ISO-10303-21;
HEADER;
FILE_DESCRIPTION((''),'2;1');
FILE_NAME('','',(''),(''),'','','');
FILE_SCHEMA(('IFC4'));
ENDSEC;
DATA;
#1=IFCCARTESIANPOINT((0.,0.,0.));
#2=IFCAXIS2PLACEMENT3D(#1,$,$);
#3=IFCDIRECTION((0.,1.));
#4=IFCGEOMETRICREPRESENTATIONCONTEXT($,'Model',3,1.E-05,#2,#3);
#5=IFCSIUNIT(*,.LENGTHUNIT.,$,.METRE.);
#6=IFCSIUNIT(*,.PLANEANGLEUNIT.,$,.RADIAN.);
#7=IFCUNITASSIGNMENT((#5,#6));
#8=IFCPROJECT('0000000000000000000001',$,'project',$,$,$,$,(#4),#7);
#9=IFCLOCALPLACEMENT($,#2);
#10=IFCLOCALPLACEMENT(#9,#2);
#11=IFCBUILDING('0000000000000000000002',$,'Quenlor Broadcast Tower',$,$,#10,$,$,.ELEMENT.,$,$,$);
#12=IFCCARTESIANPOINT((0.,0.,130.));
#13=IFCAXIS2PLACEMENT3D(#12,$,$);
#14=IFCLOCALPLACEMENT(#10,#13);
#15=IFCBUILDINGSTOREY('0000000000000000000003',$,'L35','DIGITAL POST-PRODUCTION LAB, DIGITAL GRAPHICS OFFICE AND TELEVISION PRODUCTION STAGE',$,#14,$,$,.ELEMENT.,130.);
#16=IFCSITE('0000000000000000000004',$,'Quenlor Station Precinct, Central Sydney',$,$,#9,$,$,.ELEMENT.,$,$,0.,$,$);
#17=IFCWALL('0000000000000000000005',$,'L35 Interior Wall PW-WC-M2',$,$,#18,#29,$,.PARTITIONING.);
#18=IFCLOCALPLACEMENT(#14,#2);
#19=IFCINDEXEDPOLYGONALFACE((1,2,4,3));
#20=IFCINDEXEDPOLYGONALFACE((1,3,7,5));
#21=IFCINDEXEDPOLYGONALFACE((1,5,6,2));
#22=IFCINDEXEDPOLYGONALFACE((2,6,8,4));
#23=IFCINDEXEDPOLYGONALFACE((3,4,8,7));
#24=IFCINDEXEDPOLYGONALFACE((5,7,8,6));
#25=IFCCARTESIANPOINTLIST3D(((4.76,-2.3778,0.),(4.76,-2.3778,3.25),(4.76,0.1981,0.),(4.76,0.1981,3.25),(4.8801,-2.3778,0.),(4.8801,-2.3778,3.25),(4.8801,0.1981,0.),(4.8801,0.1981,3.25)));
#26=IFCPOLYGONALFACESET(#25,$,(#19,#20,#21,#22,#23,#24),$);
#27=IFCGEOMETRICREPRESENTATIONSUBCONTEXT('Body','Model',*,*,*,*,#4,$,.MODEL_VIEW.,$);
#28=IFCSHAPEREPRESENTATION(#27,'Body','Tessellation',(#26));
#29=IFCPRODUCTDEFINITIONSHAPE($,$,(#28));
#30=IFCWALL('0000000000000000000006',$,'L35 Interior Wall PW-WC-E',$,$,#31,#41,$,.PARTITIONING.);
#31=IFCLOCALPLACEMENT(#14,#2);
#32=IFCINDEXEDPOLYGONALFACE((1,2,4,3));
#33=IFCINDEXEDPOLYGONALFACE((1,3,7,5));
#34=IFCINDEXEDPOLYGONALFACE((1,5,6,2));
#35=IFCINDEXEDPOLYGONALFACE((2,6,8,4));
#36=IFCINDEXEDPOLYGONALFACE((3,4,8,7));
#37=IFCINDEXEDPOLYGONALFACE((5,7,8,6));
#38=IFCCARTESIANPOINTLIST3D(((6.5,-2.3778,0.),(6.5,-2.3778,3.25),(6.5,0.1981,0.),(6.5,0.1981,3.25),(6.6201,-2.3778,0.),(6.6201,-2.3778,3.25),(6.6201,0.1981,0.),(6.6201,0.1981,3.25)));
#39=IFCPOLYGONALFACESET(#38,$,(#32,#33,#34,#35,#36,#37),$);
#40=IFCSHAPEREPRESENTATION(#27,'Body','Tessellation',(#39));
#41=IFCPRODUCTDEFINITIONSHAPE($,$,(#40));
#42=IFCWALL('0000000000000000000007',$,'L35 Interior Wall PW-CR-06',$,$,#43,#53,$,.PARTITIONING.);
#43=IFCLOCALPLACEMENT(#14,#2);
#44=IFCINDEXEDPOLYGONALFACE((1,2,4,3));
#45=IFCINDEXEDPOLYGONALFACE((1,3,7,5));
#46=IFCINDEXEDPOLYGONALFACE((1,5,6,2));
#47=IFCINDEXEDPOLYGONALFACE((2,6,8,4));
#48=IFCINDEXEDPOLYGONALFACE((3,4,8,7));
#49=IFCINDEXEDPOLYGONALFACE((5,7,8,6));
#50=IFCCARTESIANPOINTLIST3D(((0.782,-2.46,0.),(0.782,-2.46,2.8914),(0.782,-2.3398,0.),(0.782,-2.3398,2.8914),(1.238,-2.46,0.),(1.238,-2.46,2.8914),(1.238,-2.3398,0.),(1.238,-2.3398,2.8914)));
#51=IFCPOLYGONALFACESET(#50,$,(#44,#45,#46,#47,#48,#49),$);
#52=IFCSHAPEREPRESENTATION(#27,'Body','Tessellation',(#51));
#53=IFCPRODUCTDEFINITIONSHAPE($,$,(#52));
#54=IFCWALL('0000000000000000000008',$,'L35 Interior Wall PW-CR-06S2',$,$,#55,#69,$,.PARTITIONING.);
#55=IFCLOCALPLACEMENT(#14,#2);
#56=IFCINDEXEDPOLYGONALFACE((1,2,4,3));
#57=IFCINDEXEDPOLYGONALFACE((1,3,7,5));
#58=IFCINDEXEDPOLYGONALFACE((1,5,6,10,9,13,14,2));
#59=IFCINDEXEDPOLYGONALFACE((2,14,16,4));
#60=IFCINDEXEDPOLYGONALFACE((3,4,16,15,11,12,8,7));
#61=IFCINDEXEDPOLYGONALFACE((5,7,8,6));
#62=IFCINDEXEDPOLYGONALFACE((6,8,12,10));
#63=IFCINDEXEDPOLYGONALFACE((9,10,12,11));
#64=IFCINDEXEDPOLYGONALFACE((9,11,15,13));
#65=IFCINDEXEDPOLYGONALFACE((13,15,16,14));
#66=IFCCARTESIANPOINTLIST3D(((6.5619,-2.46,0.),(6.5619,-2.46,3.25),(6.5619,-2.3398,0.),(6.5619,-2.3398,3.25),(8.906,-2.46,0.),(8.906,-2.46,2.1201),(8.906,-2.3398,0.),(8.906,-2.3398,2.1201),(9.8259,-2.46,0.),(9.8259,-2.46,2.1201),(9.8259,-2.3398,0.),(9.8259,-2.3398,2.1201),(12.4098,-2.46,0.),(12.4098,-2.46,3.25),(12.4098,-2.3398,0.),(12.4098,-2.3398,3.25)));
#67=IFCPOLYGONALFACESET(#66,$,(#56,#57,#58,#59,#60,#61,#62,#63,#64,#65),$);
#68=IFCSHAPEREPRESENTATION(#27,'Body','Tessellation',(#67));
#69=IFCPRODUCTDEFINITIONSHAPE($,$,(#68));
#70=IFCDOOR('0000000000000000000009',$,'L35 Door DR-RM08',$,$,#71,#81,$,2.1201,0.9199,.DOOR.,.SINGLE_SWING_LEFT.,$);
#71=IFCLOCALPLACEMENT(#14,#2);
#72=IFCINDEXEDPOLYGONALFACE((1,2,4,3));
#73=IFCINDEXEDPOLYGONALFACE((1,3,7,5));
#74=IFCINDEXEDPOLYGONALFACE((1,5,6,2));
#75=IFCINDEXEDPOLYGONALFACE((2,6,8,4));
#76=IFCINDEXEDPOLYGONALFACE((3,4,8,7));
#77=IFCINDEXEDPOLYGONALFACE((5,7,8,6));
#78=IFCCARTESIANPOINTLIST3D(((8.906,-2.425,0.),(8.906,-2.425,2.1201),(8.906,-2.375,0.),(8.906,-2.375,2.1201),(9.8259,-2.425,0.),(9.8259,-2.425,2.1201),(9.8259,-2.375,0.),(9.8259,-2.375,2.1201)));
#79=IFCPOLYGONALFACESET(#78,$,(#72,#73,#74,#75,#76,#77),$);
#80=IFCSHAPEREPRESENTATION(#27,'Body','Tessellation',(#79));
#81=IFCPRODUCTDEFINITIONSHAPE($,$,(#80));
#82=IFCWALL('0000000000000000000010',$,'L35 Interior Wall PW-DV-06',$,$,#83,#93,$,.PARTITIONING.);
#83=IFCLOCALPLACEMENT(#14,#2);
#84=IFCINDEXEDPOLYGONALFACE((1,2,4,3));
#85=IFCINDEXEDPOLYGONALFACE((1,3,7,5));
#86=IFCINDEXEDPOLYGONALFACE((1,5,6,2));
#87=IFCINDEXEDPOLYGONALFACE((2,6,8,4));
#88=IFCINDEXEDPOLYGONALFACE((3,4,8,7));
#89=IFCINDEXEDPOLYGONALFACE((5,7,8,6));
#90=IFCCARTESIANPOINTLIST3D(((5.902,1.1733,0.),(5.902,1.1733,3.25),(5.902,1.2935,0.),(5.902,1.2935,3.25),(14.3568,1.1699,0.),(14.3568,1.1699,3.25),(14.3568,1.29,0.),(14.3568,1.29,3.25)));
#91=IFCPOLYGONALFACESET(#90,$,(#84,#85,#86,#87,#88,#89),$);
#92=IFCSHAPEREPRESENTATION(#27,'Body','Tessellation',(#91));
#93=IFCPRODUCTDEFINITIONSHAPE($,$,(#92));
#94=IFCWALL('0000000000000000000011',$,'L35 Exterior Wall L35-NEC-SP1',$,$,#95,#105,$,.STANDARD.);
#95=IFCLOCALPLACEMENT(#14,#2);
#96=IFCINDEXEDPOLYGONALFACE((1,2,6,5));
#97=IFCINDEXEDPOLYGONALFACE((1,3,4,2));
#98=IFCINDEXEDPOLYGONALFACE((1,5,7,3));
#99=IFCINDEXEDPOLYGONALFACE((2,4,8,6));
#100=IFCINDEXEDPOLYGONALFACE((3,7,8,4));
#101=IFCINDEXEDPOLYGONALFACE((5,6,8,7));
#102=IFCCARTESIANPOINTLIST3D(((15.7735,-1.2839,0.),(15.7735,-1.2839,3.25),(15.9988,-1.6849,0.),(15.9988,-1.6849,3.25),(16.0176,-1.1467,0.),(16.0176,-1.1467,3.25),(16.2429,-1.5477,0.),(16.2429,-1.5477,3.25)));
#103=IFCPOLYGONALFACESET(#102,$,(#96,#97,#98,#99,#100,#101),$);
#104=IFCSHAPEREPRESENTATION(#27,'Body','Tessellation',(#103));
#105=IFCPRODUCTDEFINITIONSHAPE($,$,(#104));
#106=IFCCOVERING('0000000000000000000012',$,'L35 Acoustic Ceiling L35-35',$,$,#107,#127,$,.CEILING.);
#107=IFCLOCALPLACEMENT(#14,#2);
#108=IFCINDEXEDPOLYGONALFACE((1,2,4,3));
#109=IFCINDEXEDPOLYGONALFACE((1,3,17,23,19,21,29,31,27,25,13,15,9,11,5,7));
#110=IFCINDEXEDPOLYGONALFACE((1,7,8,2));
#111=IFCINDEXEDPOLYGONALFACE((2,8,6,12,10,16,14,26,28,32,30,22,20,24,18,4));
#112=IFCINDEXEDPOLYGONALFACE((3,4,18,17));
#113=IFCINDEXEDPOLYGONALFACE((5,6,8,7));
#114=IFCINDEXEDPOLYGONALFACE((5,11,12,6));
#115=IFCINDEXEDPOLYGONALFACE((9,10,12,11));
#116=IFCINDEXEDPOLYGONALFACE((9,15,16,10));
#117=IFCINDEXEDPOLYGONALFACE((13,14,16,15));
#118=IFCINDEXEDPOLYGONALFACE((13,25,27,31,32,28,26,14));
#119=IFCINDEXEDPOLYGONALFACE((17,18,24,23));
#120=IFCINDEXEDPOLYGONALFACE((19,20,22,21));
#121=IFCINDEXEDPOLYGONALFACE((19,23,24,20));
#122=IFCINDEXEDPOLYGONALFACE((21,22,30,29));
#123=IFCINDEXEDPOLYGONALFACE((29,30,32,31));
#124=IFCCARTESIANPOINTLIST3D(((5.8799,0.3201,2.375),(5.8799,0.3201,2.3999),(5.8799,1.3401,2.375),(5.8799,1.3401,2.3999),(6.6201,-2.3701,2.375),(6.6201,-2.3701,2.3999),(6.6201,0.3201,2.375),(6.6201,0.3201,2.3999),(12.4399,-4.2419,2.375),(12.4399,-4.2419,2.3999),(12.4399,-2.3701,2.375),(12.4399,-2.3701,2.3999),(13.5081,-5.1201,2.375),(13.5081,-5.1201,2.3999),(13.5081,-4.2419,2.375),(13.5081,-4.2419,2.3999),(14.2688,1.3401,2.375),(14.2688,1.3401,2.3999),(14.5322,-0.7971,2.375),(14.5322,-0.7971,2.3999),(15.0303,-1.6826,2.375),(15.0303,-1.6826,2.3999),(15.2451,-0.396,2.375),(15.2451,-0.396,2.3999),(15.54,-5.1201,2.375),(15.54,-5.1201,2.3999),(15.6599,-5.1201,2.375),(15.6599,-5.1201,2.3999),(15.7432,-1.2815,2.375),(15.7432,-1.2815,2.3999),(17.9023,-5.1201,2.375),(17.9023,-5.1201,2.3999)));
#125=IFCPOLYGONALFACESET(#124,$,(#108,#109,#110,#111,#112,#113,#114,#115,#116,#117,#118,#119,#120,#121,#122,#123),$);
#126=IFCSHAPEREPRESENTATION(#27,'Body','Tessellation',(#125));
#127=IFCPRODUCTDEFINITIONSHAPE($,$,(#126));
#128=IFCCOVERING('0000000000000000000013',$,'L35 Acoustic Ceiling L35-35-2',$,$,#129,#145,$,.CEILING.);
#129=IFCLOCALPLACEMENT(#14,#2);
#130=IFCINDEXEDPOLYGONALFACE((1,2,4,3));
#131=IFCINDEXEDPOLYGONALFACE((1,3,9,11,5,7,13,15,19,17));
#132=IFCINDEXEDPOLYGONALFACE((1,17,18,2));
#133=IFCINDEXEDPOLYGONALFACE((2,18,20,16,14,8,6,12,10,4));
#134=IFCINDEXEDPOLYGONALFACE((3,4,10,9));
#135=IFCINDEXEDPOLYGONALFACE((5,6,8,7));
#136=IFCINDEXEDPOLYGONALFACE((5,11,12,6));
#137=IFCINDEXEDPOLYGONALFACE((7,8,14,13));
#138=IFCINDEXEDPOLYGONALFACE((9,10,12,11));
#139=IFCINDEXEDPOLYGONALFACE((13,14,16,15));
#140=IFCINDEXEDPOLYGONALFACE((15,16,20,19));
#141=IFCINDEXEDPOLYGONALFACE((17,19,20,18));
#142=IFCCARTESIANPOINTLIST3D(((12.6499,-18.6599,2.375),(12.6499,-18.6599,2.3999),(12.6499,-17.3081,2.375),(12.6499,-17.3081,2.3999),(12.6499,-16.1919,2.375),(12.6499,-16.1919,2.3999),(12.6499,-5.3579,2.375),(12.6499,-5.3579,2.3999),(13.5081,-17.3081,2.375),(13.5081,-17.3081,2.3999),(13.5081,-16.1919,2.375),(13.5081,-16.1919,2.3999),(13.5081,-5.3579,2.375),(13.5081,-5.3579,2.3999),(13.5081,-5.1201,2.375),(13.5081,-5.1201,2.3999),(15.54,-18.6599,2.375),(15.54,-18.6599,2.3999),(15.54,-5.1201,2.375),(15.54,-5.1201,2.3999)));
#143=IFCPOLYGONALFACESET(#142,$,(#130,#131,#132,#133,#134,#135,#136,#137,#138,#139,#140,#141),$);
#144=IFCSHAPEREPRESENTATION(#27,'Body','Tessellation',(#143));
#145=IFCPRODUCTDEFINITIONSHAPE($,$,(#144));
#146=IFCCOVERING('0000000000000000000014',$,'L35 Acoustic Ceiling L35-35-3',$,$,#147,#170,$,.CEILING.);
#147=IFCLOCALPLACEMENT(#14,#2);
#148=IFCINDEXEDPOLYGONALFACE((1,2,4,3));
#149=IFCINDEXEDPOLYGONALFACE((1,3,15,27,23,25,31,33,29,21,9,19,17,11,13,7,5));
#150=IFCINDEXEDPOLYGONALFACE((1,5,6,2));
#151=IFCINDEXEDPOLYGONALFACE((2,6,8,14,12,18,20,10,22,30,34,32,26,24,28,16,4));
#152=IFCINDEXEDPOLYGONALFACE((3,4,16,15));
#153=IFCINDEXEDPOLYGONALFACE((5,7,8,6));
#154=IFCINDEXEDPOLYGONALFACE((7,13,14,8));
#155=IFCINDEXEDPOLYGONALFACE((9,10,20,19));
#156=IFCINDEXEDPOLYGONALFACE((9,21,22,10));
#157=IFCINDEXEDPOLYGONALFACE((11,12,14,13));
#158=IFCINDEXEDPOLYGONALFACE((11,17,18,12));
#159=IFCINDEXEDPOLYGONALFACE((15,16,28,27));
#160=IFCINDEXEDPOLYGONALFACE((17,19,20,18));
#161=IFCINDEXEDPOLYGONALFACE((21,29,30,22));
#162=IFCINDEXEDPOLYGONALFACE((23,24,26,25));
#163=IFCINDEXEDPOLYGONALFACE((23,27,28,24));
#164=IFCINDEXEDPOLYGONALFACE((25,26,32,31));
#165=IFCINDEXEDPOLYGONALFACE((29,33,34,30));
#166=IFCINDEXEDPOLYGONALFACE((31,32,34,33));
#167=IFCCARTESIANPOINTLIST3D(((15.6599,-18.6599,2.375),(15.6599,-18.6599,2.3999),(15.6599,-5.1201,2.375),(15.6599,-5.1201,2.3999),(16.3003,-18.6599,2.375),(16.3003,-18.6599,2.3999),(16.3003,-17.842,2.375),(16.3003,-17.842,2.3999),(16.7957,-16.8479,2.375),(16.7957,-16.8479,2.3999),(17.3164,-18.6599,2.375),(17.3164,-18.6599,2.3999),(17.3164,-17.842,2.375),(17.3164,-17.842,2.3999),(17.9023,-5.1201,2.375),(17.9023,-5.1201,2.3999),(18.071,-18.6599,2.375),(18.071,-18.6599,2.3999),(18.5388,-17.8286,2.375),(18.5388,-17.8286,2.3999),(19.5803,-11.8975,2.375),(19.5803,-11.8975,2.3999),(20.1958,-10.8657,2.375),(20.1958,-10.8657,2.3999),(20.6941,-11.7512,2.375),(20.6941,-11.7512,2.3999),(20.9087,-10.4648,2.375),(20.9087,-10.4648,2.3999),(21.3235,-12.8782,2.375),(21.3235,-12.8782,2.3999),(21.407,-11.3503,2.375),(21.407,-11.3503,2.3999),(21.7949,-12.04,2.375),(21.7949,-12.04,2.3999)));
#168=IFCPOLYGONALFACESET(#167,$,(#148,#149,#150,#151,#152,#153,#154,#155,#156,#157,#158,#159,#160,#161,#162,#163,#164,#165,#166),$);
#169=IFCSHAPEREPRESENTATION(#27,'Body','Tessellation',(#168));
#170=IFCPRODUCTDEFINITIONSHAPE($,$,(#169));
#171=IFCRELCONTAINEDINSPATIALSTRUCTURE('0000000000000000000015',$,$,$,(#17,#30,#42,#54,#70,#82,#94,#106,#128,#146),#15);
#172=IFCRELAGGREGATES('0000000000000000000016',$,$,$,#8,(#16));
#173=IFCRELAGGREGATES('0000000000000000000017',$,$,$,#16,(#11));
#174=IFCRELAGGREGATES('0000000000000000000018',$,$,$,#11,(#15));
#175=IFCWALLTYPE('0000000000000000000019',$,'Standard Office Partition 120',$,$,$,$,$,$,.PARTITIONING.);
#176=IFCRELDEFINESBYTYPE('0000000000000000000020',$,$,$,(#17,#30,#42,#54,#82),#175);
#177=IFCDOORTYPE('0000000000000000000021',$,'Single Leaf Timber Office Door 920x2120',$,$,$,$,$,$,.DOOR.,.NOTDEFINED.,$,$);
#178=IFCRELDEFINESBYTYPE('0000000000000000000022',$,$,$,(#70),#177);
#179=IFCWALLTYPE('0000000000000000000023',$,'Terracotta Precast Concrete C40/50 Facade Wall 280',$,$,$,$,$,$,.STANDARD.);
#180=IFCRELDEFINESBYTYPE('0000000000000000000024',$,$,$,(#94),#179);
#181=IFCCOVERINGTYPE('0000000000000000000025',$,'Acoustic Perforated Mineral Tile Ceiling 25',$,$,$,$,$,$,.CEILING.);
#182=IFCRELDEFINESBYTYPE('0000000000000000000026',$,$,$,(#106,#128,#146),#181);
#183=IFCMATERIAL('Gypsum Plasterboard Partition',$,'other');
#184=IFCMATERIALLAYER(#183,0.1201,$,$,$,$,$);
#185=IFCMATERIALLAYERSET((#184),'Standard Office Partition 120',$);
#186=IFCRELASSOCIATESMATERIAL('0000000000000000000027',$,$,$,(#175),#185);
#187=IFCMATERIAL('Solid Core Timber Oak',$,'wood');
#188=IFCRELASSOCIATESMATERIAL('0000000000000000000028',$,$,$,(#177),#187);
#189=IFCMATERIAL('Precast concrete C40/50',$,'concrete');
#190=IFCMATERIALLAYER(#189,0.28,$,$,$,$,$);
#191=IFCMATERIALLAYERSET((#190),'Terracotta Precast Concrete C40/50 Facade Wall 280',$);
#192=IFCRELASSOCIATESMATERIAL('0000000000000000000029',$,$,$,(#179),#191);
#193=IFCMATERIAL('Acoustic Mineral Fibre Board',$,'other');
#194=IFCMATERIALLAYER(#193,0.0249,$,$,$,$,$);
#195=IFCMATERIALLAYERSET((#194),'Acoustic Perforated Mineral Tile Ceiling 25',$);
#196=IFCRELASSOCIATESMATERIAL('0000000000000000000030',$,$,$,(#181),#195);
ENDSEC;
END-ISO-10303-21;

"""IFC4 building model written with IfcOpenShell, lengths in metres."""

from ifc_helpers import new_model, si_unit, direction, frame, frame_2d, origin, place, context, subcontext, project, spatial, polyline, rectangle, outline, extrude, material, layer, layer_set, type_object, element, fill, save


model = new_model("IFC4")

# Units and contexts
model_context = context("Model", 3, precision=1e-05, world=origin(), true_north=direction((0.0, 1.0)))
body_context = subcontext(model_context, "Body", "Model", "MODEL_VIEW")
ifc_project = project(units=[si_unit("LENGTHUNIT", "METRE"), si_unit("PLANEANGLEUNIT", "RADIAN")], contexts=[model_context])

# Site, building, storey
site_placement = place(None, origin())
site = spatial("IfcSite", under=ifc_project, at=site_placement, Name="Quenlor Station Precinct, Central Sydney", CompositionType="ELEMENT", RefElevation=0.0)
building_placement = place(site_placement, origin())
building = spatial("IfcBuilding", under=site, at=building_placement, Name="Quenlor Broadcast Tower", CompositionType="ELEMENT")
storey_placement = place(building_placement, frame((0.0, 0.0, 130.0)))
storey = spatial("IfcBuildingStorey", under=building, at=storey_placement, Name="L35", Description="DIGITAL POST-PRODUCTION LAB, DIGITAL GRAPHICS OFFICE AND TELEVISION PRODUCTION STAGE", CompositionType="ELEMENT", Elevation=130.0)

# Walls
ifc_material_1 = material(Name="Gypsum Plasterboard Partition", Category="other")
ifc_layer_1 = layer(ifc_material_1, 0.1201)
ifc_layer_set_1 = layer_set([ifc_layer_1], Name="Standard Office Partition 120")
wall_type_1 = type_object("IfcWallType", Name="Standard Office Partition 120", PredefinedType="PARTITIONING", material=ifc_layer_set_1)
for number, where, z_axis, x_axis, name in (
    (1, (4.8201, -2.3779, 0.0), (0.0, 0.0, 1.0), (0.0, 1.0, 0.0), "L35 Interior Wall PW-WC-M2"),
    (2, (6.5601, -2.3779, 0.0), (0.0, 0.0, 1.0), (0.0, 1.0, 0.0), "L35 Interior Wall PW-WC-E"),
):
    element("IfcWall", number, at=place(storey_placement, frame(where, z_axis=z_axis, x_axis=x_axis)), inside=storey, type_object=wall_type_1, Name=name, PredefinedType="PARTITIONING", context=body_context, shape_type="SweptSolid", body=[
        extrude(rectangle(XDim=2.5759, YDim=0.1201, at=frame_2d((1.2881, 0.0))), origin(), (0.0, 0.0, 1.0), 3.25),
    ])
wall_1_placement = place(storey_placement, frame((0.782, -2.3999, 0.0), z_axis=(0.0, 0.0, 1.0), x_axis=(1.0, 0.0, 0.0)))
element("IfcWall", 3, at=wall_1_placement, inside=storey, type_object=wall_type_1, Name="L35 Interior Wall PW-CR-06", PredefinedType="PARTITIONING", context=body_context, shape_type="SweptSolid", body=[
    extrude(rectangle(XDim=0.4561, YDim=0.1201, at=frame_2d((0.228, 0.0))), origin(), (0.0, 0.0, 1.0), 2.8914),
])

# Wall, opening, door
wall_2_placement = place(storey_placement, frame((6.562, -2.3999, 0.0), z_axis=(0.0, 0.0, 1.0), x_axis=(1.0, 0.0, 0.0)))
wall_2 = element("IfcWall", 4, at=wall_2_placement, inside=storey, type_object=wall_type_1, Name="L35 Interior Wall PW-CR-06S2", PredefinedType="PARTITIONING", context=body_context, shape_type="SweptSolid", body=[
    extrude(rectangle(XDim=5.8479, YDim=0.1201, at=frame_2d((2.9238, 0.0))), origin(), (0.0, 0.0, 1.0), 3.25),
])
opening_placement = place(wall_2_placement, frame((2.344, 0.0, 0.0)))
opening = element("IfcOpeningElement", 5, at=opening_placement, cuts=wall_2, PredefinedType="OPENING", context=body_context, shape_type="SweptSolid", body=[
    extrude(rectangle(XDim=0.9199, YDim=2.1201, at=frame_2d((0.46, 1.0601))), frame((0.0, 0.0701, 0.0), z_axis=(0.0, -1.0, 0.0), x_axis=(1.0, 0.0, 0.0)), (0.0, 0.0, 1.0), 0.1401),
])
ifc_material_2 = material(Name="Solid Core Timber Oak", Category="wood")
door_type = type_object("IfcDoorType", Name="Single Leaf Timber Office Door 920x2120", OperationType="NOTDEFINED", PredefinedType="DOOR", material=ifc_material_2)
door_placement = place(opening_placement, origin())
door = element("IfcDoor", 6, at=door_placement, inside=storey, type_object=door_type, Name="L35 Door DR-RM08", OperationType="SINGLE_SWING_LEFT", OverallHeight=2.1201, OverallWidth=0.9199, PredefinedType="DOOR", context=body_context, shape_type="SweptSolid", body=[
    extrude(rectangle(XDim=0.9199, YDim=2.1201, at=frame_2d((0.46, 1.0601))), frame((0.0, 0.0249, 0.0), z_axis=(0.0, -1.0, 0.0), x_axis=(1.0, 0.0, 0.0)), (0.0, 0.0, 1.0), 0.05),
])
fill(opening, door)

# Walls
wall_3_placement = place(storey_placement, frame((14.3569, 1.23, 0.0), z_axis=(0.0, 0.0, 1.0), x_axis=(-1.0, 0.000404, 0.0)))
element("IfcWall", 7, at=wall_3_placement, inside=storey, type_object=wall_type_1, Name="L35 Interior Wall PW-DV-06", PredefinedType="PARTITIONING", context=body_context, shape_type="SweptSolid", body=[
    extrude(rectangle(XDim=8.4548, YDim=0.1201, at=frame_2d((4.2275, 0.0))), origin(), (0.0, 0.0, 1.0), 3.25),
])
ifc_material_3 = material(Name="Precast concrete C40/50", Category="concrete")
ifc_layer_2 = layer(ifc_material_3, 0.28)
ifc_layer_set_2 = layer_set([ifc_layer_2], Name="Terracotta Precast Concrete C40/50 Facade Wall 280")
wall_type_2 = type_object("IfcWallType", Name="Terracotta Precast Concrete C40/50 Facade Wall 280", PredefinedType="STANDARD", material=ifc_layer_set_2)
wall_4_placement = place(storey_placement, frame((15.8955, -1.2153, 0.0), z_axis=(0.0, 0.0, 1.0), x_axis=(0.490009, -0.871717, 0.0)))
element("IfcWall", 8, at=wall_4_placement, inside=storey, type_object=wall_type_2, Name="L35 Exterior Wall L35-NEC-SP1", PredefinedType="STANDARD", context=body_context, shape_type="SweptSolid", body=[
    extrude(rectangle(XDim=0.46, YDim=0.28, at=frame_2d((0.23, 0.0))), origin(), (0.0, 0.0, 1.0), 3.25),
])

# Coverings
ifc_material_4 = material(Name="Acoustic Mineral Fibre Board", Category="other")
ifc_layer_3 = layer(ifc_material_4, 0.0249)
ifc_layer_set_3 = layer_set([ifc_layer_3], Name="Acoustic Perforated Mineral Tile Ceiling 25")
covering_type_1 = type_object("IfcCoveringType", Name="Acoustic Perforated Mineral Tile Ceiling 25", PredefinedType="CEILING", material=ifc_layer_set_3)
covering_1_placement = place(storey_placement, frame((0.0, 0.0, 2.375)))
element("IfcCovering", 9, at=covering_1_placement, inside=storey, type_object=covering_type_1, Name="L35 Acoustic Ceiling L35-35", PredefinedType="CEILING", context=body_context, shape_type="SweptSolid", body=[
    extrude(outline(polyline([(13.5081, -4.2419), (12.4399, -4.2419), (12.4399, -2.3701), (6.6201, -2.3701), (6.6201, 0.3201), (5.8799, 0.3201), (5.8799, 1.3401), (14.2688, 1.3401), (15.2451, -0.396), (14.5322, -0.7971), (15.0303, -1.6826), (15.7432, -1.2815), (17.9023, -5.1201), (15.6599, -5.1201), (15.54, -5.1201), (13.5081, -5.1201), (13.5081, -4.2419)])), origin(), (0.0, 0.0, 1.0), 0.0249),
])
covering_2_placement = place(storey_placement, frame((0.0, 0.0, 2.375)))
element("IfcCovering", 10, at=covering_2_placement, inside=storey, type_object=covering_type_1, Name="L35 Acoustic Ceiling L35-35-2", PredefinedType="CEILING", context=body_context, shape_type="SweptSolid", body=[
    extrude(outline(polyline([(13.5081, -5.1201), (15.54, -5.1201), (15.54, -18.6599), (12.6499, -18.6599), (12.6499, -17.3081), (13.5081, -17.3081), (13.5081, -16.1919), (12.6499, -16.1919), (12.6499, -5.3579), (13.5081, -5.3579), (13.5081, -5.1201)])), origin(), (0.0, 0.0, 1.0), 0.0249),
])
covering_3_placement = place(storey_placement, frame((0.0, 0.0, 2.375)))
element("IfcCovering", 11, at=covering_3_placement, inside=storey, type_object=covering_type_1, Name="L35 Acoustic Ceiling L35-35-3", PredefinedType="CEILING", context=body_context, shape_type="SweptSolid", body=[
    extrude(outline(polyline([(20.9087, -10.4648), (20.1958, -10.8657), (20.6941, -11.7512), (21.407, -11.3503), (21.7949, -12.04), (21.3235, -12.8782), (19.5803, -11.8975), (16.7957, -16.8479), (18.5388, -17.8286), (18.071, -18.6599), (17.3164, -18.6599), (17.3164, -17.842), (16.3003, -17.842), (16.3003, -18.6599), (15.6599, -18.6599), (15.6599, -5.1201), (17.9023, -5.1201), (20.9087, -10.4648)])), origin(), (0.0, 0.0, 1.0), 0.0249),
])

save(model, "model.ifc")
